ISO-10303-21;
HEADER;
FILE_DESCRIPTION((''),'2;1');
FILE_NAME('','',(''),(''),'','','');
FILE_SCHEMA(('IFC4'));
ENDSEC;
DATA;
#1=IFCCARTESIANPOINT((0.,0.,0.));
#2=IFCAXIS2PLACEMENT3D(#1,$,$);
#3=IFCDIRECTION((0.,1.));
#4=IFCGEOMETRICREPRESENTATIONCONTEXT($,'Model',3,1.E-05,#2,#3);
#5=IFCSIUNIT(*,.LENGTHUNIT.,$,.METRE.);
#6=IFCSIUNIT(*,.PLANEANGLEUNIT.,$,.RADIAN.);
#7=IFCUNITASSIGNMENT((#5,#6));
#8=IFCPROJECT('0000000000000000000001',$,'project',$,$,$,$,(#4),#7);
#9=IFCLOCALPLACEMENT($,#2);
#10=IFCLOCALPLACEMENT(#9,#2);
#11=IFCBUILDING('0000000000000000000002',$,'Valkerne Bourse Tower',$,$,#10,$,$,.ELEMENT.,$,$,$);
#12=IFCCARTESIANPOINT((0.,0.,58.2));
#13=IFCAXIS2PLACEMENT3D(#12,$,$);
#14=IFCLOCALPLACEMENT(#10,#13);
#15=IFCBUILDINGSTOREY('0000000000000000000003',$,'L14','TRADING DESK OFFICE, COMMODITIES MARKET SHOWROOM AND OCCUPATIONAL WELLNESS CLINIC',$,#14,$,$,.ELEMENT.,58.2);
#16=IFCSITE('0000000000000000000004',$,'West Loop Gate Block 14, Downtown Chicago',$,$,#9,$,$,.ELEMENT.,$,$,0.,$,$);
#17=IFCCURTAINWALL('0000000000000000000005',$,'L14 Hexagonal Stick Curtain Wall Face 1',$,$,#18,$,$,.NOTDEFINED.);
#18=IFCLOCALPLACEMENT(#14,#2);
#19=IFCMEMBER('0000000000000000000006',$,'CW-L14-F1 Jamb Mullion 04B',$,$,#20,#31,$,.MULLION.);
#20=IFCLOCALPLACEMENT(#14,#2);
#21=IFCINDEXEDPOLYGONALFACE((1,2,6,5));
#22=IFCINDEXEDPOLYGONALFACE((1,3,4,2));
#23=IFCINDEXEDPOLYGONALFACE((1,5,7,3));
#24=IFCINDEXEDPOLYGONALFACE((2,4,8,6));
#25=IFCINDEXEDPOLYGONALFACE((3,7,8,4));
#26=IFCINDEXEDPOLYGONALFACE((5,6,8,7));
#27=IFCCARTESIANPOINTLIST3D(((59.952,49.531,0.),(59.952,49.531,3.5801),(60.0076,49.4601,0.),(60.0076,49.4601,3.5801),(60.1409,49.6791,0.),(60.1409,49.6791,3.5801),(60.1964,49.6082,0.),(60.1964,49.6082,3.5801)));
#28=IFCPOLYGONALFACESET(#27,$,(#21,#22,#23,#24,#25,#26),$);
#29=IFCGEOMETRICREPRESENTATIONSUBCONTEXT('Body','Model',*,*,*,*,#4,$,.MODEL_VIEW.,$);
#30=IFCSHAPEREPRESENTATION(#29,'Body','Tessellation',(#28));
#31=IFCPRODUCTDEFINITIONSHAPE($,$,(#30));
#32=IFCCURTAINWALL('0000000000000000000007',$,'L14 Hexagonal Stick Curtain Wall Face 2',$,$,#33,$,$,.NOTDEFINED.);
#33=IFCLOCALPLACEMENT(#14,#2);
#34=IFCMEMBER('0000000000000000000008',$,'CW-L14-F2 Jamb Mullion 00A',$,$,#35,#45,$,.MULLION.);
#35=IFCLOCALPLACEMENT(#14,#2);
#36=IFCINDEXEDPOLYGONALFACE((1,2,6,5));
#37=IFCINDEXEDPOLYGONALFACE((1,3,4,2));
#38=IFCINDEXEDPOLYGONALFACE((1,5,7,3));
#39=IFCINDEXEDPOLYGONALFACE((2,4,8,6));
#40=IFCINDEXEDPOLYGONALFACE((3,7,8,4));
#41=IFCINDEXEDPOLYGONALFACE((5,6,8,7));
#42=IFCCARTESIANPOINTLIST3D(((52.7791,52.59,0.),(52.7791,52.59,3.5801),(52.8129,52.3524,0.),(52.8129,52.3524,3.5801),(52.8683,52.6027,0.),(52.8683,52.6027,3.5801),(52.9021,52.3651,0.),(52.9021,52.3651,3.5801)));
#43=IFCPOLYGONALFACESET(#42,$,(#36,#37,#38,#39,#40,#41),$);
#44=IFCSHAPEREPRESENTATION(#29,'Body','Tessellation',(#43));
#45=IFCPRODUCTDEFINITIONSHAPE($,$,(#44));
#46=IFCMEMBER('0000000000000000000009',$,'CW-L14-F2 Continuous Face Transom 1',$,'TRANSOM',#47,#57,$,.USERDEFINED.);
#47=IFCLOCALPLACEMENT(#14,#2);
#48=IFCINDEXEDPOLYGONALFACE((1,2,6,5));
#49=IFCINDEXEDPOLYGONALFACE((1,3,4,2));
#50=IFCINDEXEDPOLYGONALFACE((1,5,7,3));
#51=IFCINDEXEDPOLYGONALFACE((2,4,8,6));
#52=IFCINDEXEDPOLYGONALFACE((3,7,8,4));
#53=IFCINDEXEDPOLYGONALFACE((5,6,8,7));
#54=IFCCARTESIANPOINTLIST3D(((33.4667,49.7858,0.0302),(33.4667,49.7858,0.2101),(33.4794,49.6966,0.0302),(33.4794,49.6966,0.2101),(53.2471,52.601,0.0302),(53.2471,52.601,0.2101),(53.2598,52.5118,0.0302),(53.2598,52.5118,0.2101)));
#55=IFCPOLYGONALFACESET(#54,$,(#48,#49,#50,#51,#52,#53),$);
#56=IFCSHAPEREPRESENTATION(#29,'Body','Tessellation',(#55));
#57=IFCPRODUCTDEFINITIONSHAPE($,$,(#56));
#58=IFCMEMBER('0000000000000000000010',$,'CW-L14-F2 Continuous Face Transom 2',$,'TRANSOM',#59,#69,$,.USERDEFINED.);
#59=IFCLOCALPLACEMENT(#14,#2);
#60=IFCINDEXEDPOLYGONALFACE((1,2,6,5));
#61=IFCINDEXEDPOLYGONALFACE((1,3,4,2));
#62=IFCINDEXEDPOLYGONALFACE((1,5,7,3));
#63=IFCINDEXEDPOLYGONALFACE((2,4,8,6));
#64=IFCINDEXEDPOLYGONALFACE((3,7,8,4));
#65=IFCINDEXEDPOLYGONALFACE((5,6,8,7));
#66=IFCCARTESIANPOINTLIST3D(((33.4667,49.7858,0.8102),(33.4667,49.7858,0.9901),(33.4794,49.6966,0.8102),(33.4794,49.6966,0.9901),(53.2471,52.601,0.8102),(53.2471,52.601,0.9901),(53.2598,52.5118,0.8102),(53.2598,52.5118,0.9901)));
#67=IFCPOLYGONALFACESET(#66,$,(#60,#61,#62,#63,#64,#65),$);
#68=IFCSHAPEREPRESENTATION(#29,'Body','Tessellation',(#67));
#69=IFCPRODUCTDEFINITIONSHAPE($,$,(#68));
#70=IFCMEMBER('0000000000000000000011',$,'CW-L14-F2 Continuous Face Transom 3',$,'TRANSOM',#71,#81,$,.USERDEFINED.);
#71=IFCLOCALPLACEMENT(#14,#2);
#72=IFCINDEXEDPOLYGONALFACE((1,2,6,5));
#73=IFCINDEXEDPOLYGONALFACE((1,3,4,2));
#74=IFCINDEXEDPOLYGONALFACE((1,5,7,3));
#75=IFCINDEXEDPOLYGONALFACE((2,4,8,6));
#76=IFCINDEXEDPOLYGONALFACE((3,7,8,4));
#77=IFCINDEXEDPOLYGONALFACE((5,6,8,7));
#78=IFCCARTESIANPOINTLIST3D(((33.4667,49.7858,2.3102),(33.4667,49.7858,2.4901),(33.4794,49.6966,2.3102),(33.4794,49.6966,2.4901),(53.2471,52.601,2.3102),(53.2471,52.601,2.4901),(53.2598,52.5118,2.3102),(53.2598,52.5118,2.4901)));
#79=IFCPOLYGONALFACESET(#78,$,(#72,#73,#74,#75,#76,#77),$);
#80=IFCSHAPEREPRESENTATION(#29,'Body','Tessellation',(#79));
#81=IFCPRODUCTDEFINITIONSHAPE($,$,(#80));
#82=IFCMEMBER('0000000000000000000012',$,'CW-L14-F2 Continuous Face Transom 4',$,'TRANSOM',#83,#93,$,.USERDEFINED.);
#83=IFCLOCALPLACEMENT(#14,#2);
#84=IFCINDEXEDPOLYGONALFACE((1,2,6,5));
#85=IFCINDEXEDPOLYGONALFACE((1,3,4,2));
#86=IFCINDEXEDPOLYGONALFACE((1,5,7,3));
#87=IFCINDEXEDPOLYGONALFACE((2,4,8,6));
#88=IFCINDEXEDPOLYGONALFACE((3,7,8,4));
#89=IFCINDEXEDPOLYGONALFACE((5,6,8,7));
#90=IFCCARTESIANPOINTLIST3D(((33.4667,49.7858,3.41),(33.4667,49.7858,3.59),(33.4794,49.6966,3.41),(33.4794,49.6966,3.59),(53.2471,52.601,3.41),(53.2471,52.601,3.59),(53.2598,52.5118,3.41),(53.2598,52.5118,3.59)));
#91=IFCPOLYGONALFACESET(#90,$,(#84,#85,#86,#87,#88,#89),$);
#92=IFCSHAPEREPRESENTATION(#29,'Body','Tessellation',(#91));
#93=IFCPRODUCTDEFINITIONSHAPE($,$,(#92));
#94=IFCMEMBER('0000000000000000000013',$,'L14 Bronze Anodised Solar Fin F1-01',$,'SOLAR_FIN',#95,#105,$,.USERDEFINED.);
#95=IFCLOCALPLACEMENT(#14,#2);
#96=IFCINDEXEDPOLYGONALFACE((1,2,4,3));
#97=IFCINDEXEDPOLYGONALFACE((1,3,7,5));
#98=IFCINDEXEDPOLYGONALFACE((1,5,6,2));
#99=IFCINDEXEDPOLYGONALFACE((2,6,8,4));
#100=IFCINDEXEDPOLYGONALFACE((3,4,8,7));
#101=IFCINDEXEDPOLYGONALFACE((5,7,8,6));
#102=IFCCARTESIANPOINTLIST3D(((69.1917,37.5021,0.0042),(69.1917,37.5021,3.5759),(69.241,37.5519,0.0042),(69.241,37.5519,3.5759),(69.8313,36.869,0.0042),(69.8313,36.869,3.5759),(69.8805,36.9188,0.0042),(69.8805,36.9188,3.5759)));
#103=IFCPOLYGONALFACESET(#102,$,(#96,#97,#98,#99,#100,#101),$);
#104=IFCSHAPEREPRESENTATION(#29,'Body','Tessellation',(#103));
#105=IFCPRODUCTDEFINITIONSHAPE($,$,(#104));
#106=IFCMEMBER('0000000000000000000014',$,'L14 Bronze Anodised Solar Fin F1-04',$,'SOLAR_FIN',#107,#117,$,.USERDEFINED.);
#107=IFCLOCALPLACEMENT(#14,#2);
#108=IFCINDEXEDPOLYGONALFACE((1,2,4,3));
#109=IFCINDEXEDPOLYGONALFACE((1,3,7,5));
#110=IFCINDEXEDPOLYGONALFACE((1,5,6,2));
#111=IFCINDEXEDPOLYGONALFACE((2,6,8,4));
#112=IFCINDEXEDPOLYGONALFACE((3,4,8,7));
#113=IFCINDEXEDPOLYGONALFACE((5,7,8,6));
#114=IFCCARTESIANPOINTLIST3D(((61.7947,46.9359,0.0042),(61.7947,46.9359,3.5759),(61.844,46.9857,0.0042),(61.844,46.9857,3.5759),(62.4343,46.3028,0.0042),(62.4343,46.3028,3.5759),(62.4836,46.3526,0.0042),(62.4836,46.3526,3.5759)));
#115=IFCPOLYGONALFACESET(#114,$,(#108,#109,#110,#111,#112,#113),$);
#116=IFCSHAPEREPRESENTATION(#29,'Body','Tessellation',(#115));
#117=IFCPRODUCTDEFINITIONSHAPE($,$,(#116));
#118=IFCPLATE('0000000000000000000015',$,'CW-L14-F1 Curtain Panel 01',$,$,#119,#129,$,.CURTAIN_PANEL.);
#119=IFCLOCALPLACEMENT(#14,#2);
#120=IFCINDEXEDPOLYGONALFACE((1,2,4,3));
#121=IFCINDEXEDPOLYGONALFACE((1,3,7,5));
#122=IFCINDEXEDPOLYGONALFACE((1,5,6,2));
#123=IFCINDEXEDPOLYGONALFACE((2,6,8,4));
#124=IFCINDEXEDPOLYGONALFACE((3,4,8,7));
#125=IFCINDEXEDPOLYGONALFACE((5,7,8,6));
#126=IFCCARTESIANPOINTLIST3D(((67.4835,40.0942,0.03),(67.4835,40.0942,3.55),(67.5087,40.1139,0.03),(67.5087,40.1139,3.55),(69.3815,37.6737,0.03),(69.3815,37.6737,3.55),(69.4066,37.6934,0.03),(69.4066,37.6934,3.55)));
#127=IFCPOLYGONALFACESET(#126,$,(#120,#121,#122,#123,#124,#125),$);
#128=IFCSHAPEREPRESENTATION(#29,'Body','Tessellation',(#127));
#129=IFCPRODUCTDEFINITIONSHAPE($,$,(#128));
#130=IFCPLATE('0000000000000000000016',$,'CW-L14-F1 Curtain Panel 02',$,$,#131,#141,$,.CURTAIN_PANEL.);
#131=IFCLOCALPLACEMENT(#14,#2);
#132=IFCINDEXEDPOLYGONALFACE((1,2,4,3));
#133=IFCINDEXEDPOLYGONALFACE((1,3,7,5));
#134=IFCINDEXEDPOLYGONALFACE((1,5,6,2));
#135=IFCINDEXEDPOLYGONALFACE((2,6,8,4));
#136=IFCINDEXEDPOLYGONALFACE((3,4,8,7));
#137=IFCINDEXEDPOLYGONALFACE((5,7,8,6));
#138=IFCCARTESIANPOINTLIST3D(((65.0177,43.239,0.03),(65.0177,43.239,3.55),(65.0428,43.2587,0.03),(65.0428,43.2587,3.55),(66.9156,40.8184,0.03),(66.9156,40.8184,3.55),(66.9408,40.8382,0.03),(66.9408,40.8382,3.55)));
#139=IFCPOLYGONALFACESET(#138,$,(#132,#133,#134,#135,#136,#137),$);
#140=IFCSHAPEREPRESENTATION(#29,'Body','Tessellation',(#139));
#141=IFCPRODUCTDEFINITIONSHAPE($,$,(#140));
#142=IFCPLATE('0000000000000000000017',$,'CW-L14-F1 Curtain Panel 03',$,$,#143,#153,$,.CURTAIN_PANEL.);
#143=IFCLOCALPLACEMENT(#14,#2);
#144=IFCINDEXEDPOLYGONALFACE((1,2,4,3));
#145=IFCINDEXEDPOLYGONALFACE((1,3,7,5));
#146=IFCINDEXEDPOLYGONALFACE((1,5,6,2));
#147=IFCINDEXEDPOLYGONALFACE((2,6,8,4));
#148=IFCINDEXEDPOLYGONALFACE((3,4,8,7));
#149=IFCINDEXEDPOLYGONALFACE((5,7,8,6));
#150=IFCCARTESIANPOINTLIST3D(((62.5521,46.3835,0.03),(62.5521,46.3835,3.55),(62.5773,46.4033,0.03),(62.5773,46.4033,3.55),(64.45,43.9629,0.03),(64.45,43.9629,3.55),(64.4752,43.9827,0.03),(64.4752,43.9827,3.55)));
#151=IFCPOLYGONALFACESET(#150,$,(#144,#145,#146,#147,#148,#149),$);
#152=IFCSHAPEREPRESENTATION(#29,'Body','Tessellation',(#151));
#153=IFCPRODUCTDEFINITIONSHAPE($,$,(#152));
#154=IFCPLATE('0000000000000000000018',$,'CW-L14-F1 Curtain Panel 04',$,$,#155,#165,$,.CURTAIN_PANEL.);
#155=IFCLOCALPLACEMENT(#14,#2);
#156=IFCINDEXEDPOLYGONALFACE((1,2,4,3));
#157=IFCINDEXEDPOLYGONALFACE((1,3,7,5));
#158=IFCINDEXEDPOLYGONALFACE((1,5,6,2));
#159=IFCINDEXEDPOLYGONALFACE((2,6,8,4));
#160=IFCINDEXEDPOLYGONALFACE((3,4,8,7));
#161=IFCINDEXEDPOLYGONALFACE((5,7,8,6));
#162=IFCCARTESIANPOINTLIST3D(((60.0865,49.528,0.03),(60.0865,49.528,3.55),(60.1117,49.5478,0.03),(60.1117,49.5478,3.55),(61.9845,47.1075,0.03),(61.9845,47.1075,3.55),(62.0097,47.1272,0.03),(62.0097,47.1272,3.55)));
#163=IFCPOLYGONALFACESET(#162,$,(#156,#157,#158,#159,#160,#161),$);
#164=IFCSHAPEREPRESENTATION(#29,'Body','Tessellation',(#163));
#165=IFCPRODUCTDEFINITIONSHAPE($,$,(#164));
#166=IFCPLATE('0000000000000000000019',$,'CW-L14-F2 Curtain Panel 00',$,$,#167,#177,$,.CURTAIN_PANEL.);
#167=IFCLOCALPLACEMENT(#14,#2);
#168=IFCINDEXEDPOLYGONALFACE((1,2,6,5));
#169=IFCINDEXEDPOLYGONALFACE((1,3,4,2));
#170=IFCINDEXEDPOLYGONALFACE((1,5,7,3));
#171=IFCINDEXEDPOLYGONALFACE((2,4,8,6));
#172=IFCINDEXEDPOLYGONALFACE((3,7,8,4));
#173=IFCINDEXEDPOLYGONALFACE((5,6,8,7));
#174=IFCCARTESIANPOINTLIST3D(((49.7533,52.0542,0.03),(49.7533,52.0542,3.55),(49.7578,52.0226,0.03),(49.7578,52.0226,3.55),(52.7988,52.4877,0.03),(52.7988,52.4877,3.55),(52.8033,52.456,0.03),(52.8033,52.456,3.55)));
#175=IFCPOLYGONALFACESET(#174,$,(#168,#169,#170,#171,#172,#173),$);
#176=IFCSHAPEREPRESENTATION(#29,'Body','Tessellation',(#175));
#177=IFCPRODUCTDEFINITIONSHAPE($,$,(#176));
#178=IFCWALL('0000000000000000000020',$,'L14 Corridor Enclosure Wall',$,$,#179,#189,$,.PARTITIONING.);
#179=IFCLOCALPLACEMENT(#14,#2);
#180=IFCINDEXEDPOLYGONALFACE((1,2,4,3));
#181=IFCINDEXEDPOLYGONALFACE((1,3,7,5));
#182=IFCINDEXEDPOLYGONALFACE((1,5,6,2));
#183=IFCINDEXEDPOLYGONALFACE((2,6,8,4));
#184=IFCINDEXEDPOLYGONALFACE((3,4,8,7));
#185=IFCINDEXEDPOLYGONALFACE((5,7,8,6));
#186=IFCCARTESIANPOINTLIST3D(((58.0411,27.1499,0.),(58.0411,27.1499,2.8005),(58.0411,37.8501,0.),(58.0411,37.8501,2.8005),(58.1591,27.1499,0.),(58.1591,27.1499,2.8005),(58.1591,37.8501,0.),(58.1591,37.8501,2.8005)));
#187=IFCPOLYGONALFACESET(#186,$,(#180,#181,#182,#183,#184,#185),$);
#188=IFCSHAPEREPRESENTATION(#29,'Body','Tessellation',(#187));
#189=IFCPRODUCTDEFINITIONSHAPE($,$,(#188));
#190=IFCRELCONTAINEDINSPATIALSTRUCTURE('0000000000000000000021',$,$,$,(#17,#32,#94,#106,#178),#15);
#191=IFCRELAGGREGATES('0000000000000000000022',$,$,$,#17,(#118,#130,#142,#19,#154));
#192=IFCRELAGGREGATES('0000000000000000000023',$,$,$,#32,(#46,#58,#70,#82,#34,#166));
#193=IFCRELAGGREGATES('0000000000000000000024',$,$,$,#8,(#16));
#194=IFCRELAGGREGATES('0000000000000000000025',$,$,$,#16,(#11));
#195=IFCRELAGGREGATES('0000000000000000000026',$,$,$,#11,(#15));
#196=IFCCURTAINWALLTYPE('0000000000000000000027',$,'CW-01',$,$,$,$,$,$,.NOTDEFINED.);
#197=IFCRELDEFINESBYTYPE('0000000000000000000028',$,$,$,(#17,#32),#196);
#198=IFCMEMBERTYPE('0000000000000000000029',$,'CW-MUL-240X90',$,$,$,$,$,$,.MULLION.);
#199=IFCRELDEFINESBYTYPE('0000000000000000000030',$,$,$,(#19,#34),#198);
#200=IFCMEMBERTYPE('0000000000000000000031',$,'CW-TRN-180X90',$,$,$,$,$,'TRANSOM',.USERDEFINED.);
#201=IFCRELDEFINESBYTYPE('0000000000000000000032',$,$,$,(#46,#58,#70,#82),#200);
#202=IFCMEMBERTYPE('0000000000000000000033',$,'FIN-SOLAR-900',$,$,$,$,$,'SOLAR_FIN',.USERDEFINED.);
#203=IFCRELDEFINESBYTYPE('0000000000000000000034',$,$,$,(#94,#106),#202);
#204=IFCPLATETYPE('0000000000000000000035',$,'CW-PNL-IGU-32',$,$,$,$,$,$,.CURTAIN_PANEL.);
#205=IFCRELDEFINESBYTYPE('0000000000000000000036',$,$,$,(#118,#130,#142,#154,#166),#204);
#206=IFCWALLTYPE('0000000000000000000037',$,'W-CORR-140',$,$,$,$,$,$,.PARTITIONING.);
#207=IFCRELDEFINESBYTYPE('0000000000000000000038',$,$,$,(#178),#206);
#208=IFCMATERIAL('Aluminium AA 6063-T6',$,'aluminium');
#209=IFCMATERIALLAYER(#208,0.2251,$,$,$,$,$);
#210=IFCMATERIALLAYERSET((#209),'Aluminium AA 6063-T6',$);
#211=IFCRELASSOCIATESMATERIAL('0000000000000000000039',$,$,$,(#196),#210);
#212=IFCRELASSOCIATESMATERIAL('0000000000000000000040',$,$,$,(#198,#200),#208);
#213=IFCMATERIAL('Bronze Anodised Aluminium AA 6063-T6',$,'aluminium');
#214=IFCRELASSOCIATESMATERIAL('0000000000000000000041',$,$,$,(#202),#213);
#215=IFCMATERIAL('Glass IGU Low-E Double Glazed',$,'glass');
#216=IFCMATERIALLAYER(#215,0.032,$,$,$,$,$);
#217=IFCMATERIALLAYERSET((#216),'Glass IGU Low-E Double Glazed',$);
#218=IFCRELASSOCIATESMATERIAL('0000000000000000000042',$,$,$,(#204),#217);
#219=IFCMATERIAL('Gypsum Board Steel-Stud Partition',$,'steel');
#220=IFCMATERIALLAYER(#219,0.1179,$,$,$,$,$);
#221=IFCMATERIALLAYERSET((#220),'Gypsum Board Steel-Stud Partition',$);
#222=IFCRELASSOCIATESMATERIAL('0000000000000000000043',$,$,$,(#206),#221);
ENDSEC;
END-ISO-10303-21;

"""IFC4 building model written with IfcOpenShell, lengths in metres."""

from ifc_helpers import new_model, si_unit, direction, frame, frame_2d, origin, origin_2d, place, context, subcontext, project, spatial, rectangle, extrude, material, layer, layer_set, material_profile, profile_set, type_object, element, aggregate, save


model = new_model("IFC4")

# Units and contexts
model_context = context("Model", 3, precision=1e-05, world=origin(), true_north=direction((0.0, 1.0)))
body_context = subcontext(model_context, "Body", "Model", "MODEL_VIEW")
ifc_project = project(units=[si_unit("LENGTHUNIT", "METRE"), si_unit("PLANEANGLEUNIT", "RADIAN")], contexts=[model_context])

# Site, building, storey
site_placement = place(None, origin())
site = spatial("IfcSite", under=ifc_project, at=site_placement, Name="West Loop Gate Block 14, Downtown Chicago", CompositionType="ELEMENT", RefElevation=0.0)
building_placement = place(site_placement, origin())
building = spatial("IfcBuilding", under=site, at=building_placement, Name="Valkerne Bourse Tower", CompositionType="ELEMENT")
storey_placement = place(building_placement, frame((0.0, 0.0, 58.2)))
storey = spatial("IfcBuildingStorey", under=building, at=storey_placement, Name="L14", Description="TRADING DESK OFFICE, COMMODITIES MARKET SHOWROOM AND OCCUPATIONAL WELLNESS CLINIC", CompositionType="ELEMENT", Elevation=58.2)

# Curtain walls, members
ifc_material_1 = material(Name="Aluminium AA 6063-T6", Category="aluminium")
ifc_layer_1 = layer(ifc_material_1, 0.2251)
ifc_layer_set_1 = layer_set([ifc_layer_1], Name="Aluminium AA 6063-T6")
curtain_wall_type = type_object("IfcCurtainWallType", Name="CW-01", PredefinedType="NOTDEFINED", material=ifc_layer_set_1)
curtain_wall_1_placement = place(storey_placement, origin())
curtain_wall_1 = element("IfcCurtainWall", 1, at=curtain_wall_1_placement, inside=storey, type_object=curtain_wall_type, Name="L14 Hexagonal Stick Curtain Wall Face 1", PredefinedType="NOTDEFINED")
ifc_material_profile_1 = material_profile(ifc_material_1, rectangle(XDim=0.0901, YDim=0.24, at=origin_2d()), Name="CWM-90X240")
ifc_profile_set_1 = profile_set([ifc_material_profile_1], Name="Aluminium AA 6063-T6")
member_type_1 = type_object("IfcMemberType", Name="CW-MUL-240X90", PredefinedType="MULLION", material=ifc_profile_set_1)
member_1_placement = place(storey_placement, frame((60.0742, 49.5696, 0.0), z_axis=(0.0, 0.0, 1.0), x_axis=(-0.617039, 0.786933, 0.0)))
member_1 = element("IfcMember", 2, at=member_1_placement, type_object=member_type_1, Name="CW-L14-F1 Jamb Mullion 04B", PredefinedType="MULLION", context=body_context, shape_type="SweptSolid", body=[
    extrude(rectangle(XDim=0.0901, YDim=0.24, at=origin_2d()), origin(), (0.0, 0.0, 1.0), 3.5801),
])
curtain_wall_2_placement = place(storey_placement, origin())
curtain_wall_2 = element("IfcCurtainWall", 3, at=curtain_wall_2_placement, inside=storey, type_object=curtain_wall_type, Name="L14 Hexagonal Stick Curtain Wall Face 2", PredefinedType="NOTDEFINED")
member_2_placement = place(storey_placement, frame((52.8406, 52.4775, 0.0), z_axis=(0.0, 0.0, 1.0), x_axis=(-0.990022, -0.140913, 0.0)))
member_2 = element("IfcMember", 4, at=member_2_placement, type_object=member_type_1, Name="CW-L14-F2 Jamb Mullion 00A", PredefinedType="MULLION", context=body_context, shape_type="SweptSolid", body=[
    extrude(rectangle(XDim=0.0901, YDim=0.24, at=origin_2d()), origin(), (0.0, 0.0, 1.0), 3.5801),
])
ifc_material_profile_2 = material_profile(ifc_material_1, rectangle(XDim=0.0901, YDim=0.1799, at=origin_2d()), Name="CWT-90X180")
ifc_profile_set_2 = profile_set([ifc_material_profile_2], Name="Aluminium AA 6063-T6")
member_type_2 = type_object("IfcMemberType", Name="CW-TRN-180X90", ElementType="TRANSOM", PredefinedType="USERDEFINED", material=ifc_profile_set_2)
member_3_placement = place(storey_placement, frame((53.2534, 52.5564, 0.1201), z_axis=(-0.990024, -0.140901, 0.0), x_axis=(0.140901, -0.990024, 0.0)))
member_3 = element("IfcMember", 5, at=member_3_placement, type_object=member_type_2, Name="CW-L14-F2 Continuous Face Transom 1", ObjectType="TRANSOM", PredefinedType="USERDEFINED", context=body_context, shape_type="SweptSolid", body=[
    extrude(rectangle(XDim=0.0901, YDim=0.1799, at=origin_2d()), origin(), (0.0, 0.0, 1.0), 19.9797),
])
member_4_placement = place(storey_placement, frame((53.2534, 52.5564, 0.9001), z_axis=(-0.990024, -0.140901, 0.0), x_axis=(0.140901, -0.990024, 0.0)))
member_4 = element("IfcMember", 6, at=member_4_placement, type_object=member_type_2, Name="CW-L14-F2 Continuous Face Transom 2", ObjectType="TRANSOM", PredefinedType="USERDEFINED", context=body_context, shape_type="SweptSolid", body=[
    extrude(rectangle(XDim=0.0901, YDim=0.1799, at=origin_2d()), origin(), (0.0, 0.0, 1.0), 19.9797),
])
member_5_placement = place(storey_placement, frame((53.2534, 52.5564, 2.4001), z_axis=(-0.990024, -0.140901, 0.0), x_axis=(0.140901, -0.990024, 0.0)))
member_5 = element("IfcMember", 7, at=member_5_placement, type_object=member_type_2, Name="CW-L14-F2 Continuous Face Transom 3", ObjectType="TRANSOM", PredefinedType="USERDEFINED", context=body_context, shape_type="SweptSolid", body=[
    extrude(rectangle(XDim=0.0901, YDim=0.1799, at=origin_2d()), origin(), (0.0, 0.0, 1.0), 19.9797),
])
member_6_placement = place(storey_placement, frame((53.2534, 52.5564, 3.5), z_axis=(-0.990024, -0.140901, 0.0), x_axis=(0.140901, -0.990024, 0.0)))
member_6 = element("IfcMember", 8, at=member_6_placement, type_object=member_type_2, Name="CW-L14-F2 Continuous Face Transom 4", ObjectType="TRANSOM", PredefinedType="USERDEFINED", context=body_context, shape_type="SweptSolid", body=[
    extrude(rectangle(XDim=0.0901, YDim=0.1799, at=origin_2d()), origin(), (0.0, 0.0, 1.0), 19.9797),
])

# Members
ifc_material_2 = material(Name="Bronze Anodised Aluminium AA 6063-T6", Category="aluminium")
ifc_material_profile_3 = material_profile(ifc_material_2, rectangle(XDim=0.0701, YDim=0.8999, at=origin_2d()), Name="FIN-70X900")
ifc_profile_set_3 = profile_set([ifc_material_profile_3], Name="Bronze Anodised Aluminium AA 6063-T6")
member_type_3 = type_object("IfcMemberType", Name="FIN-SOLAR-900", ElementType="SOLAR_FIN", PredefinedType="USERDEFINED", material=ifc_profile_set_3)
for number, where, z_axis, x_axis, name in (
    (9, (69.5361, 37.2104, 0.0042), (0.0, 0.0, 1.0), (0.703522, 0.710674, 0.0), "L14 Bronze Anodised Solar Fin F1-01"),
    (10, (62.1392, 46.6443, 0.0042), (0.0, 0.0, 1.0), (0.703522, 0.710674, 0.0), "L14 Bronze Anodised Solar Fin F1-04"),
):
    element("IfcMember", number, at=place(storey_placement, frame(where, z_axis=z_axis, x_axis=x_axis)), inside=storey, type_object=member_type_3, Name=name, ObjectType="SOLAR_FIN", PredefinedType="USERDEFINED", context=body_context, shape_type="SweptSolid", body=[
        extrude(rectangle(XDim=0.0701, YDim=0.8999, at=origin_2d()), origin(), (0.0, 0.0, 1.0), 3.5718),
    ])

# Plates
ifc_material_3 = material(Name="Glass IGU Low-E Double Glazed", Category="glass")
ifc_layer_2 = layer(ifc_material_3, 0.032)
ifc_layer_set_2 = layer_set([ifc_layer_2], Name="Glass IGU Low-E Double Glazed")
plate_type = type_object("IfcPlateType", Name="CW-PNL-IGU-32", PredefinedType="CURTAIN_PANEL", material=ifc_layer_set_2)
plate_1_placement = place(storey_placement, frame((68.4451, 38.8938, 0.03), z_axis=(0.0, 0.0, 1.0), x_axis=(-0.617039, 0.786933, 0.0)))
plate_1 = element("IfcPlate", 11, at=plate_1_placement, type_object=plate_type, Name="CW-L14-F1 Curtain Panel 01", PredefinedType="CURTAIN_PANEL", context=body_context, shape_type="SweptSolid", body=[
    extrude(rectangle(XDim=3.0759, YDim=0.032, at=origin_2d()), origin(), (0.0, 0.0, 1.0), 3.52),
])
plate_2_placement = place(storey_placement, frame((65.9792, 42.0386, 0.03), z_axis=(0.0, 0.0, 1.0), x_axis=(-0.617039, 0.786933, 0.0)))
plate_2 = element("IfcPlate", 12, at=plate_2_placement, type_object=plate_type, Name="CW-L14-F1 Curtain Panel 02", PredefinedType="CURTAIN_PANEL", context=body_context, shape_type="SweptSolid", body=[
    extrude(rectangle(XDim=3.0759, YDim=0.032, at=origin_2d()), origin(), (0.0, 0.0, 1.0), 3.52),
])
plate_3_placement = place(storey_placement, frame((63.5137, 45.1831, 0.03), z_axis=(0.0, 0.0, 1.0), x_axis=(-0.617023, 0.786945, 0.0)))
plate_3 = element("IfcPlate", 13, at=plate_3_placement, type_object=plate_type, Name="CW-L14-F1 Curtain Panel 03", PredefinedType="CURTAIN_PANEL", context=body_context, shape_type="SweptSolid", body=[
    extrude(rectangle(XDim=3.0759, YDim=0.032, at=origin_2d()), origin(), (0.0, 0.0, 1.0), 3.52),
])
plate_4_placement = place(storey_placement, frame((61.0481, 48.3276, 0.03), z_axis=(0.0, 0.0, 1.0), x_axis=(-0.617039, 0.786933, 0.0)))
plate_4 = element("IfcPlate", 14, at=plate_4_placement, type_object=plate_type, Name="CW-L14-F1 Curtain Panel 04", PredefinedType="CURTAIN_PANEL", context=body_context, shape_type="SweptSolid", body=[
    extrude(rectangle(XDim=3.0759, YDim=0.032, at=origin_2d()), origin(), (0.0, 0.0, 1.0), 3.52),
])
aggregate(curtain_wall_1, [plate_1, plate_2, plate_3, member_1, plate_4])
plate_5_placement = place(storey_placement, frame((51.2783, 52.2551, 0.03), z_axis=(0.0, 0.0, 1.0), x_axis=(-0.990022, -0.140913, 0.0)))
plate_5 = element("IfcPlate", 15, at=plate_5_placement, type_object=plate_type, Name="CW-L14-F2 Curtain Panel 00", PredefinedType="CURTAIN_PANEL", context=body_context, shape_type="SweptSolid", body=[
    extrude(rectangle(XDim=3.0762, YDim=0.032, at=origin_2d()), origin(), (0.0, 0.0, 1.0), 3.52),
])
aggregate(curtain_wall_2, [member_3, member_4, member_5, member_6, member_2, plate_5])

# Wall
ifc_material_4 = material(Name="Gypsum Board Steel-Stud Partition", Category="steel")
ifc_layer_3 = layer(ifc_material_4, 0.1179)
ifc_layer_set_3 = layer_set([ifc_layer_3], Name="Gypsum Board Steel-Stud Partition")
wall_type = type_object("IfcWallType", Name="W-CORR-140", PredefinedType="PARTITIONING", material=ifc_layer_set_3)
wall_placement = place(storey_placement, frame((58.1001, 37.8501, 0.0), z_axis=(0.0, 0.0, 1.0), x_axis=(0.0, -1.0, 0.0)))
element("IfcWall", 16, at=wall_placement, inside=storey, type_object=wall_type, Name="L14 Corridor Enclosure Wall", PredefinedType="PARTITIONING", context=body_context, shape_type="SweptSolid", body=[
    extrude(rectangle(XDim=10.7002, YDim=0.1179, at=frame_2d((5.3501, 0.0))), origin(), (0.0, 0.0, 1.0), 2.8005),
])

save(model, "model.ifc")
